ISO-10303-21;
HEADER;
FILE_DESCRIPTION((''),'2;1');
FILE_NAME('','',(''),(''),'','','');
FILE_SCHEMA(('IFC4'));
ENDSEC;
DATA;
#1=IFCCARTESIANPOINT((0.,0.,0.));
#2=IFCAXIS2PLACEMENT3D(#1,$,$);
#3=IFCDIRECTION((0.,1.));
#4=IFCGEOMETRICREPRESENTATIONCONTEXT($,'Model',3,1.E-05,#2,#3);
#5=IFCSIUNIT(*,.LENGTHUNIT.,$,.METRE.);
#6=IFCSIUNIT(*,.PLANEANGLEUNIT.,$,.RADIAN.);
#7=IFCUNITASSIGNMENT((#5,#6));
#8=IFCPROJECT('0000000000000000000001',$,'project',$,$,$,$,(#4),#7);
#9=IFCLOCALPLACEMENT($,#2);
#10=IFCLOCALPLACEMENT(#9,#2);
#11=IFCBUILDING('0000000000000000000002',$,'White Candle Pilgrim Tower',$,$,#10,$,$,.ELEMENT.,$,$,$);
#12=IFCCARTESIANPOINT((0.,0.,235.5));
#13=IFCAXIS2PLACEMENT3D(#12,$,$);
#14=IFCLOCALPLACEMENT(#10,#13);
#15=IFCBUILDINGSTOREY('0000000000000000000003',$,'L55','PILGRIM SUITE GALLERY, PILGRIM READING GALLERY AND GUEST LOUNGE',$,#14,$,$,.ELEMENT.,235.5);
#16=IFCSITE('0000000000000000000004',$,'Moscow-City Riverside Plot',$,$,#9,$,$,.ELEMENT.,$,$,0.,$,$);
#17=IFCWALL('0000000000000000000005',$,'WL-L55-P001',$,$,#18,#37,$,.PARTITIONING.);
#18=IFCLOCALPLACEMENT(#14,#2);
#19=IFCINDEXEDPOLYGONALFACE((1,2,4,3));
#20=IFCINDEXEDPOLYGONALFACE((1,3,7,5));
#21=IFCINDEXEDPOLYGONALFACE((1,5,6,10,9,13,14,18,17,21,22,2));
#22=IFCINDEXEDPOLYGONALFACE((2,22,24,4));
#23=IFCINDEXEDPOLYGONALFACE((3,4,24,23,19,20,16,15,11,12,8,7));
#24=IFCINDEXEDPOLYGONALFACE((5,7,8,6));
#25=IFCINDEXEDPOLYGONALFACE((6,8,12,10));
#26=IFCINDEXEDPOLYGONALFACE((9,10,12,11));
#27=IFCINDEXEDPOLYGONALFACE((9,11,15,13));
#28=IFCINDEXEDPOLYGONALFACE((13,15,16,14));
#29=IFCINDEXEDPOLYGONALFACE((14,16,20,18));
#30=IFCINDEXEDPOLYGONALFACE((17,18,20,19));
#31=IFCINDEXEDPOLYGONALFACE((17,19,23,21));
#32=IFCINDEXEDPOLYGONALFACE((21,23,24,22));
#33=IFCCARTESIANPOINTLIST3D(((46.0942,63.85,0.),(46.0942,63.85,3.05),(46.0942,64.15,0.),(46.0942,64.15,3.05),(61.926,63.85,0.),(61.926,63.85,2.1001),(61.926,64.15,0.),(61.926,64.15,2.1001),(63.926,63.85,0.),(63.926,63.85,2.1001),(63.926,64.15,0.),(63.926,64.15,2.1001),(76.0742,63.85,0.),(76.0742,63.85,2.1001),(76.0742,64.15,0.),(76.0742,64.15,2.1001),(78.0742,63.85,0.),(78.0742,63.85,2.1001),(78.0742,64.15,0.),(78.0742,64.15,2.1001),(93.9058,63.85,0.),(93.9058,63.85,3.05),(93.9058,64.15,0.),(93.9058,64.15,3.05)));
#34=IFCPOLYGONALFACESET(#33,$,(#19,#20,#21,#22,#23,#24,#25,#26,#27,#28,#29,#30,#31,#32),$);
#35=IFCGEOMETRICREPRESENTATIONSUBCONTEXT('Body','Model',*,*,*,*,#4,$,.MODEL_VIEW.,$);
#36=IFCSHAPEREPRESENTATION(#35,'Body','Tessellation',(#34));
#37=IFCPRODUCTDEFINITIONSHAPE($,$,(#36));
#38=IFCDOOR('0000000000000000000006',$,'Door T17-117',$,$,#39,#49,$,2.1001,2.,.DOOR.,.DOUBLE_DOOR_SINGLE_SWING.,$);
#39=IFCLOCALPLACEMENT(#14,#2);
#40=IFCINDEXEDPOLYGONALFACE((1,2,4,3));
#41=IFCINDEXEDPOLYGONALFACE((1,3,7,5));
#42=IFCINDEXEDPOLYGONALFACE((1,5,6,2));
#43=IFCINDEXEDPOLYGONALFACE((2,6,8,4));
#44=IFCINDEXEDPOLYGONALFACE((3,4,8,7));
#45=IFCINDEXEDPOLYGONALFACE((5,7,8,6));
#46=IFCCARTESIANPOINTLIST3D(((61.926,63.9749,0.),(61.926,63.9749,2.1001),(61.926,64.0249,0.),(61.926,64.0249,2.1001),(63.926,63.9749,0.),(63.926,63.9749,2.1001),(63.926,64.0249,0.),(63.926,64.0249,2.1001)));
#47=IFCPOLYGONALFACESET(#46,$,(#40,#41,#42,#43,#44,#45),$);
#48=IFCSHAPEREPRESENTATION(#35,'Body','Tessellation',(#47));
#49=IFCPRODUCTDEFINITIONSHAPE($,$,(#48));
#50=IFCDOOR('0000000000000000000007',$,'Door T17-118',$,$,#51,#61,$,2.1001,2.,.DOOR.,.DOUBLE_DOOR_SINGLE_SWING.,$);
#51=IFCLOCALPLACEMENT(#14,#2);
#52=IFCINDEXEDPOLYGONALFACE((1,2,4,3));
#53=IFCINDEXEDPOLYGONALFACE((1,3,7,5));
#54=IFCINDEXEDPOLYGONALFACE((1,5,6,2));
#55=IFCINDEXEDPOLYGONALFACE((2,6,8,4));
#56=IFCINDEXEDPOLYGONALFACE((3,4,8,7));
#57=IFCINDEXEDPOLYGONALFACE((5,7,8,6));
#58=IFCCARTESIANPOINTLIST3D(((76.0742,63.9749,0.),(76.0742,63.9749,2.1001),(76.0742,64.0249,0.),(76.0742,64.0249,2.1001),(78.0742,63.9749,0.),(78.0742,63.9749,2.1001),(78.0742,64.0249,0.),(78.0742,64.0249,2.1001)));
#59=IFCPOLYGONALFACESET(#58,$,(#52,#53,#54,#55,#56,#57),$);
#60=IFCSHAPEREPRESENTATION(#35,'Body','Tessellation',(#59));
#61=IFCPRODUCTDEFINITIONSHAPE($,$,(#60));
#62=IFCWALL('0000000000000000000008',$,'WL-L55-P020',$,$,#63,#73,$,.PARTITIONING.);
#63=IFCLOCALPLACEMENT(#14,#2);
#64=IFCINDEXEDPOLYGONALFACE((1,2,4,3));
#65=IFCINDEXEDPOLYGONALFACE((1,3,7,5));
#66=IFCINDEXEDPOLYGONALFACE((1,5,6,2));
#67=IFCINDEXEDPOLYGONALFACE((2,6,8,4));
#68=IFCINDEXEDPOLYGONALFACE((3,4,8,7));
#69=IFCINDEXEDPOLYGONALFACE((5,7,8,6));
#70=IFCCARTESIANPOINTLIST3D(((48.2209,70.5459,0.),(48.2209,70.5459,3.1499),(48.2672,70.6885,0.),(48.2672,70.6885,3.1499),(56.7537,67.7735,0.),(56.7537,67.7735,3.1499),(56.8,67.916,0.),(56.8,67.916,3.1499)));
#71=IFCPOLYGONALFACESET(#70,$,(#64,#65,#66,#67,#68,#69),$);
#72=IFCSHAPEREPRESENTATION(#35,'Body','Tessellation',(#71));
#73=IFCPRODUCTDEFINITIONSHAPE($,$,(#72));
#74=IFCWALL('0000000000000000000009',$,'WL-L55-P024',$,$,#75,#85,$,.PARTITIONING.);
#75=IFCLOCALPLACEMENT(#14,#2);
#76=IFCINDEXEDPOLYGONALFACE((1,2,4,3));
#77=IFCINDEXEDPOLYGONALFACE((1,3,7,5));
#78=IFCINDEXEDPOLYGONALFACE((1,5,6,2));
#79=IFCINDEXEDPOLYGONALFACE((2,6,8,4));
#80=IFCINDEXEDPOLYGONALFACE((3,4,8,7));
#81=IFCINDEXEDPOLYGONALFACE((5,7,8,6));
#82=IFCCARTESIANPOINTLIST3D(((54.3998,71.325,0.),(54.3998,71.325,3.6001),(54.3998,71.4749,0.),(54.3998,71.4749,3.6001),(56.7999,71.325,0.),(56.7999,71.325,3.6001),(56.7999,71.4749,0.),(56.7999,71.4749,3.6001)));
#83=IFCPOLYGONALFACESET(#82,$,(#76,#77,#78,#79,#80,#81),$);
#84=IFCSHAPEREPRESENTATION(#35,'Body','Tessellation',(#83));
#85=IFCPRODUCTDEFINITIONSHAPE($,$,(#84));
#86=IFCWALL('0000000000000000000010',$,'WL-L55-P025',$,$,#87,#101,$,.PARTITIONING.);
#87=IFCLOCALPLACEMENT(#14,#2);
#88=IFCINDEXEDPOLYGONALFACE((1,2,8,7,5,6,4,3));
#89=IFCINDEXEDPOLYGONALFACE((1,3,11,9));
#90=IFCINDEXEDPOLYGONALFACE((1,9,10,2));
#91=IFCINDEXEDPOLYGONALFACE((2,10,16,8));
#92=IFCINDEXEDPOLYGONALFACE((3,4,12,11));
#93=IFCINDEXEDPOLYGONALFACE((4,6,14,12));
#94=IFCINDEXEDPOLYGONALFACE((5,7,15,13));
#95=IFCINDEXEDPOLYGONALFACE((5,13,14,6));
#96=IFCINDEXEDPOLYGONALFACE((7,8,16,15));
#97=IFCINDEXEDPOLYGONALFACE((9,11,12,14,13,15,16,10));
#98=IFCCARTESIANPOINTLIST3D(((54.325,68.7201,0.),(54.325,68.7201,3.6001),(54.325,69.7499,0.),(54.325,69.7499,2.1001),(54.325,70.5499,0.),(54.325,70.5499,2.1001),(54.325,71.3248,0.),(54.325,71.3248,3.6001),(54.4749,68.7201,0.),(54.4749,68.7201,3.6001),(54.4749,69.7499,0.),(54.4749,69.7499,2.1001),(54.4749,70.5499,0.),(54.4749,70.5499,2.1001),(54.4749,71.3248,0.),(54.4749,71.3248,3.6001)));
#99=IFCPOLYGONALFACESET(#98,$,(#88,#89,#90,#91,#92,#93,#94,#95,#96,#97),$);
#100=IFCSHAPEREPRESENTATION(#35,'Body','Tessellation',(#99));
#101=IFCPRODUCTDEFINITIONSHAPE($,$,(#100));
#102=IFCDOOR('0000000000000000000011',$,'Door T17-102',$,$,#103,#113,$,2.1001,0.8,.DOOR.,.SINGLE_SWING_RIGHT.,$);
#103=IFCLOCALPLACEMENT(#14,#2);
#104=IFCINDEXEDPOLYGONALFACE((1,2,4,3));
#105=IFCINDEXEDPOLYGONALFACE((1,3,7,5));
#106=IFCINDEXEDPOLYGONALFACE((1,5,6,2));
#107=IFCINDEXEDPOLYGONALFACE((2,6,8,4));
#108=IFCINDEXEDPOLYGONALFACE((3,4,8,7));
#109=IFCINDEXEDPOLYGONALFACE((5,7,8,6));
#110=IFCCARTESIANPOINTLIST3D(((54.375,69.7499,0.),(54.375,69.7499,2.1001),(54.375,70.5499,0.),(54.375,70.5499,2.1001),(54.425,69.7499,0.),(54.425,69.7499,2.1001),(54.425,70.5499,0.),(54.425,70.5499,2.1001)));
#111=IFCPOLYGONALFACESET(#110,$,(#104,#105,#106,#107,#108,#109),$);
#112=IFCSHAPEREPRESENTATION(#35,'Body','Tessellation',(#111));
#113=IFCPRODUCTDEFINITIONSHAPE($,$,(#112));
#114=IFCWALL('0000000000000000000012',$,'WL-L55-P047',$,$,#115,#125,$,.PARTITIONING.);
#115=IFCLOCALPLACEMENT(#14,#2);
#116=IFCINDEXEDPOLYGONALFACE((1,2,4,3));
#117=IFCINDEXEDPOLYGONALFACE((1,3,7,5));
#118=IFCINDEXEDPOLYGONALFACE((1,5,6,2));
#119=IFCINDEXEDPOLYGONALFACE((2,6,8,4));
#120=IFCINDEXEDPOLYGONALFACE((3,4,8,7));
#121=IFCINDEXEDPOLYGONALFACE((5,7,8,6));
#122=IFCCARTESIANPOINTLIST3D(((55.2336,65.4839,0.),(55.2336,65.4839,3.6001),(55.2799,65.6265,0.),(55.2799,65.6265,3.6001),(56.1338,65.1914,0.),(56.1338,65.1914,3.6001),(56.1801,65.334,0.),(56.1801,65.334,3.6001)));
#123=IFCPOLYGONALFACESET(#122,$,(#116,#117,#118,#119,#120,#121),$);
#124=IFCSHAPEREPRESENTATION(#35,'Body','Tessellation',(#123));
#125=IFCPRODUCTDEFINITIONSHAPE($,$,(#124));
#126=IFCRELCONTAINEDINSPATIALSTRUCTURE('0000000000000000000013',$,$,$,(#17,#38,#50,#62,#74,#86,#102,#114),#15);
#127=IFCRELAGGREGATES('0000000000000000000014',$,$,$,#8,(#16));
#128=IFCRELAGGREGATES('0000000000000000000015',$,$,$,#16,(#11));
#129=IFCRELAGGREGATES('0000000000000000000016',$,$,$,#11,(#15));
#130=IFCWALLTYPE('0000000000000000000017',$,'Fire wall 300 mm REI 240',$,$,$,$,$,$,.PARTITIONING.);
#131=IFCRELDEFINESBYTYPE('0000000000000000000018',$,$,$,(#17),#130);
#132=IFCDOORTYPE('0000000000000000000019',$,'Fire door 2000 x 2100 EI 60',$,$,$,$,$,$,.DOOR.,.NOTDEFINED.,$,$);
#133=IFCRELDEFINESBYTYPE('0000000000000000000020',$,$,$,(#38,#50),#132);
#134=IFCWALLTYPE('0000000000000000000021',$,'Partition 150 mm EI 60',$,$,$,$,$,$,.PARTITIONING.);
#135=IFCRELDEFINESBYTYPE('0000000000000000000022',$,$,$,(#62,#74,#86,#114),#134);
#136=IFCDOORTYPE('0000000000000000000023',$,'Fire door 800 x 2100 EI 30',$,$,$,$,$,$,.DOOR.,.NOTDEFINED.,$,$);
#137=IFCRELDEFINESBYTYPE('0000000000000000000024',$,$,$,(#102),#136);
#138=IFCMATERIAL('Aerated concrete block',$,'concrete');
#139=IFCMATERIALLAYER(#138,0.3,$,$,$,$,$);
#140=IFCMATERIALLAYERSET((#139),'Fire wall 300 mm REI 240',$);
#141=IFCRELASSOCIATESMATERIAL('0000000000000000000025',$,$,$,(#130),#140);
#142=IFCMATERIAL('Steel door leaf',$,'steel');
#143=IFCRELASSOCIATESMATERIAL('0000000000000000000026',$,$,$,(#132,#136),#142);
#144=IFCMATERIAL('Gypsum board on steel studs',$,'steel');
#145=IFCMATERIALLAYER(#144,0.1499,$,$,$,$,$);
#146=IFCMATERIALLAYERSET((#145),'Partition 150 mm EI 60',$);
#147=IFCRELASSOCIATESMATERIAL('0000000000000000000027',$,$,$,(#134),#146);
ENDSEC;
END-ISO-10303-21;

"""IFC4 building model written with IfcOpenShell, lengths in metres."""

from ifc_helpers import new_model, si_unit, direction, frame, frame_2d, origin, place, context, subcontext, project, spatial, rectangle, extrude, material, layer, layer_set, type_object, element, fill, save


model = new_model("IFC4")

# Units and contexts
model_context = context("Model", 3, precision=1e-05, world=origin(), true_north=direction((0.0, 1.0)))
body_context = subcontext(model_context, "Body", "Model", "MODEL_VIEW")
ifc_project = project(units=[si_unit("LENGTHUNIT", "METRE"), si_unit("PLANEANGLEUNIT", "RADIAN")], contexts=[model_context])

# Site, building, storey
site_placement = place(None, origin())
site = spatial("IfcSite", under=ifc_project, at=site_placement, Name="Moscow-City Riverside Plot", CompositionType="ELEMENT", RefElevation=0.0)
building_placement = place(site_placement, origin())
building = spatial("IfcBuilding", under=site, at=building_placement, Name="White Candle Pilgrim Tower", CompositionType="ELEMENT")
storey_placement = place(building_placement, frame((0.0, 0.0, 235.5)))
storey = spatial("IfcBuildingStorey", under=building, at=storey_placement, Name="L55", Description="PILGRIM SUITE GALLERY, PILGRIM READING GALLERY AND GUEST LOUNGE", CompositionType="ELEMENT", Elevation=235.5)

# Shared definitions
ifc_material_1 = material(Name="Gypsum board on steel studs", Category="steel")
ifc_material_2 = material(Name="Steel door leaf", Category="steel")

# Wall, openings, doors
ifc_material_3 = material(Name="Aerated concrete block", Category="concrete")
ifc_layer_1 = layer(ifc_material_3, 0.3)
ifc_layer_set_1 = layer_set([ifc_layer_1], Name="Fire wall 300 mm REI 240")
wall_type_1 = type_object("IfcWallType", Name="Fire wall 300 mm REI 240", PredefinedType="PARTITIONING", material=ifc_layer_set_1)
wall_1_placement = place(storey_placement, frame((46.0942, 64.0, 0.0), z_axis=(0.0, 0.0, 1.0), x_axis=(1.0, 0.0, 0.0)))
wall_1 = element("IfcWall", 1, at=wall_1_placement, inside=storey, type_object=wall_type_1, Name="WL-L55-P001", PredefinedType="PARTITIONING", context=body_context, shape_type="SweptSolid", body=[
    extrude(rectangle(XDim=47.8115, YDim=0.3, at=frame_2d((23.9058, 0.0))), origin(), (0.0, 0.0, 1.0), 3.05),
])
opening_1_placement = place(wall_1_placement, frame((15.8318, 0.0, 0.0)))
opening_1 = element("IfcOpeningElement", 2, at=opening_1_placement, cuts=wall_1, PredefinedType="OPENING", context=body_context, shape_type="SweptSolid", body=[
    extrude(rectangle(XDim=2.0, YDim=2.1001, at=frame_2d((1.0, 1.05))), frame((0.0, 0.1599, 0.0), z_axis=(0.0, -1.0, 0.0), x_axis=(1.0, 0.0, 0.0)), (0.0, 0.0, 1.0), 0.3201),
])
opening_2_placement = place(wall_1_placement, frame((29.98, 0.0, 0.0)))
opening_2 = element("IfcOpeningElement", 3, at=opening_2_placement, cuts=wall_1, PredefinedType="OPENING", context=body_context, shape_type="SweptSolid", body=[
    extrude(rectangle(XDim=2.0, YDim=2.1001, at=frame_2d((1.0, 1.05))), frame((0.0, 0.1599, 0.0), z_axis=(0.0, -1.0, 0.0), x_axis=(1.0, 0.0, 0.0)), (0.0, 0.0, 1.0), 0.3201),
])
door_type_1 = type_object("IfcDoorType", Name="Fire door 2000 x 2100 EI 60", OperationType="NOTDEFINED", PredefinedType="DOOR", material=ifc_material_2)
door_1_placement = place(opening_1_placement, origin())
door_1 = element("IfcDoor", 4, at=door_1_placement, inside=storey, type_object=door_type_1, Name="Door T17-117", OperationType="DOUBLE_DOOR_SINGLE_SWING", OverallHeight=2.1001, OverallWidth=2.0, PredefinedType="DOOR", context=body_context, shape_type="SweptSolid", body=[
    extrude(rectangle(XDim=2.0, YDim=2.1001, at=frame_2d((1.0, 1.05))), frame((0.0, 0.0249, 0.0), z_axis=(0.0, -1.0, 0.0), x_axis=(1.0, 0.0, 0.0)), (0.0, 0.0, 1.0), 0.05),
])
fill(opening_1, door_1)
door_2_placement = place(opening_2_placement, origin())
door_2 = element("IfcDoor", 5, at=door_2_placement, inside=storey, type_object=door_type_1, Name="Door T17-118", OperationType="DOUBLE_DOOR_SINGLE_SWING", OverallHeight=2.1001, OverallWidth=2.0, PredefinedType="DOOR", context=body_context, shape_type="SweptSolid", body=[
    extrude(rectangle(XDim=2.0, YDim=2.1001, at=frame_2d((1.0, 1.05))), frame((0.0, 0.0249, 0.0), z_axis=(0.0, -1.0, 0.0), x_axis=(1.0, 0.0, 0.0)), (0.0, 0.0, 1.0), 0.05),
])
fill(opening_2, door_2)

# Walls
ifc_layer_2 = layer(ifc_material_1, 0.1499)
ifc_layer_set_2 = layer_set([ifc_layer_2], Name="Partition 150 mm EI 60")
wall_type_2 = type_object("IfcWallType", Name="Partition 150 mm EI 60", PredefinedType="PARTITIONING", material=ifc_layer_set_2)
wall_2_placement = place(storey_placement, frame((48.2441, 70.6172, 0.0), z_axis=(0.0, 0.0, 1.0), x_axis=(0.951056, -0.309018, 0.0)))
element("IfcWall", 6, at=wall_2_placement, inside=storey, type_object=wall_type_2, Name="WL-L55-P020", PredefinedType="PARTITIONING", context=body_context, shape_type="SweptSolid", body=[
    extrude(rectangle(XDim=8.9719, YDim=0.1499, at=frame_2d((4.4858, 0.0))), origin(), (0.0, 0.0, 1.0), 3.1499),
])
wall_3_placement = place(storey_placement, frame((56.8, 71.3999, 0.0), z_axis=(0.0, 0.0, 1.0), x_axis=(-1.0, 0.0, 0.0)))
element("IfcWall", 7, at=wall_3_placement, inside=storey, type_object=wall_type_2, Name="WL-L55-P024", PredefinedType="PARTITIONING", context=body_context, shape_type="SweptSolid", body=[
    extrude(rectangle(XDim=2.4001, YDim=0.1499, at=frame_2d((1.2002, 0.0))), origin(), (0.0, 0.0, 1.0), 3.6001),
])

# Wall, opening, door
wall_4_placement = place(storey_placement, frame((54.3999, 68.7202, 0.0), z_axis=(0.0, 0.0, 1.0), x_axis=(0.0, 1.0, 0.0)))
wall_4 = element("IfcWall", 8, at=wall_4_placement, inside=storey, type_object=wall_type_2, Name="WL-L55-P025", PredefinedType="PARTITIONING", context=body_context, shape_type="SweptSolid", body=[
    extrude(rectangle(XDim=2.6047, YDim=0.1499, at=frame_2d((1.3022, 0.0))), origin(), (0.0, 0.0, 1.0), 3.6001),
])
opening_3_placement = place(wall_4_placement, frame((1.0298, 0.0, 0.0)))
opening_3 = element("IfcOpeningElement", 9, at=opening_3_placement, cuts=wall_4, PredefinedType="OPENING", context=body_context, shape_type="SweptSolid", body=[
    extrude(rectangle(XDim=0.8, YDim=2.1001, at=frame_2d((0.3999, 1.05))), frame((0.0, 0.085, 0.0), z_axis=(0.0, -1.0, 0.0), x_axis=(1.0, 0.0, 0.0)), (0.0, 0.0, 1.0), 0.1699),
])
door_type_2 = type_object("IfcDoorType", Name="Fire door 800 x 2100 EI 30", OperationType="NOTDEFINED", PredefinedType="DOOR", material=ifc_material_2)
door_3_placement = place(opening_3_placement, origin())
door_3 = element("IfcDoor", 10, at=door_3_placement, inside=storey, type_object=door_type_2, Name="Door T17-102", OperationType="SINGLE_SWING_RIGHT", OverallHeight=2.1001, OverallWidth=0.8, PredefinedType="DOOR", context=body_context, shape_type="SweptSolid", body=[
    extrude(rectangle(XDim=0.8, YDim=2.1001, at=frame_2d((0.3999, 1.05))), frame((0.0, 0.0249, 0.0), z_axis=(0.0, -1.0, 0.0), x_axis=(1.0, 0.0, 0.0)), (0.0, 0.0, 1.0), 0.05),
])
fill(opening_3, door_3)

# Wall
wall_5_placement = place(storey_placement, frame((55.2568, 65.5552, 0.0), z_axis=(0.0, 0.0, 1.0), x_axis=(0.951055, -0.309022, 0.0)))
element("IfcWall", 11, at=wall_5_placement, inside=storey, type_object=wall_type_2, Name="WL-L55-P047", PredefinedType="PARTITIONING", context=body_context, shape_type="SweptSolid", body=[
    extrude(rectangle(XDim=0.9465, YDim=0.1499, at=frame_2d((0.4731, 0.0))), origin(), (0.0, 0.0, 1.0), 3.6001),
])

save(model, "model.ifc")
